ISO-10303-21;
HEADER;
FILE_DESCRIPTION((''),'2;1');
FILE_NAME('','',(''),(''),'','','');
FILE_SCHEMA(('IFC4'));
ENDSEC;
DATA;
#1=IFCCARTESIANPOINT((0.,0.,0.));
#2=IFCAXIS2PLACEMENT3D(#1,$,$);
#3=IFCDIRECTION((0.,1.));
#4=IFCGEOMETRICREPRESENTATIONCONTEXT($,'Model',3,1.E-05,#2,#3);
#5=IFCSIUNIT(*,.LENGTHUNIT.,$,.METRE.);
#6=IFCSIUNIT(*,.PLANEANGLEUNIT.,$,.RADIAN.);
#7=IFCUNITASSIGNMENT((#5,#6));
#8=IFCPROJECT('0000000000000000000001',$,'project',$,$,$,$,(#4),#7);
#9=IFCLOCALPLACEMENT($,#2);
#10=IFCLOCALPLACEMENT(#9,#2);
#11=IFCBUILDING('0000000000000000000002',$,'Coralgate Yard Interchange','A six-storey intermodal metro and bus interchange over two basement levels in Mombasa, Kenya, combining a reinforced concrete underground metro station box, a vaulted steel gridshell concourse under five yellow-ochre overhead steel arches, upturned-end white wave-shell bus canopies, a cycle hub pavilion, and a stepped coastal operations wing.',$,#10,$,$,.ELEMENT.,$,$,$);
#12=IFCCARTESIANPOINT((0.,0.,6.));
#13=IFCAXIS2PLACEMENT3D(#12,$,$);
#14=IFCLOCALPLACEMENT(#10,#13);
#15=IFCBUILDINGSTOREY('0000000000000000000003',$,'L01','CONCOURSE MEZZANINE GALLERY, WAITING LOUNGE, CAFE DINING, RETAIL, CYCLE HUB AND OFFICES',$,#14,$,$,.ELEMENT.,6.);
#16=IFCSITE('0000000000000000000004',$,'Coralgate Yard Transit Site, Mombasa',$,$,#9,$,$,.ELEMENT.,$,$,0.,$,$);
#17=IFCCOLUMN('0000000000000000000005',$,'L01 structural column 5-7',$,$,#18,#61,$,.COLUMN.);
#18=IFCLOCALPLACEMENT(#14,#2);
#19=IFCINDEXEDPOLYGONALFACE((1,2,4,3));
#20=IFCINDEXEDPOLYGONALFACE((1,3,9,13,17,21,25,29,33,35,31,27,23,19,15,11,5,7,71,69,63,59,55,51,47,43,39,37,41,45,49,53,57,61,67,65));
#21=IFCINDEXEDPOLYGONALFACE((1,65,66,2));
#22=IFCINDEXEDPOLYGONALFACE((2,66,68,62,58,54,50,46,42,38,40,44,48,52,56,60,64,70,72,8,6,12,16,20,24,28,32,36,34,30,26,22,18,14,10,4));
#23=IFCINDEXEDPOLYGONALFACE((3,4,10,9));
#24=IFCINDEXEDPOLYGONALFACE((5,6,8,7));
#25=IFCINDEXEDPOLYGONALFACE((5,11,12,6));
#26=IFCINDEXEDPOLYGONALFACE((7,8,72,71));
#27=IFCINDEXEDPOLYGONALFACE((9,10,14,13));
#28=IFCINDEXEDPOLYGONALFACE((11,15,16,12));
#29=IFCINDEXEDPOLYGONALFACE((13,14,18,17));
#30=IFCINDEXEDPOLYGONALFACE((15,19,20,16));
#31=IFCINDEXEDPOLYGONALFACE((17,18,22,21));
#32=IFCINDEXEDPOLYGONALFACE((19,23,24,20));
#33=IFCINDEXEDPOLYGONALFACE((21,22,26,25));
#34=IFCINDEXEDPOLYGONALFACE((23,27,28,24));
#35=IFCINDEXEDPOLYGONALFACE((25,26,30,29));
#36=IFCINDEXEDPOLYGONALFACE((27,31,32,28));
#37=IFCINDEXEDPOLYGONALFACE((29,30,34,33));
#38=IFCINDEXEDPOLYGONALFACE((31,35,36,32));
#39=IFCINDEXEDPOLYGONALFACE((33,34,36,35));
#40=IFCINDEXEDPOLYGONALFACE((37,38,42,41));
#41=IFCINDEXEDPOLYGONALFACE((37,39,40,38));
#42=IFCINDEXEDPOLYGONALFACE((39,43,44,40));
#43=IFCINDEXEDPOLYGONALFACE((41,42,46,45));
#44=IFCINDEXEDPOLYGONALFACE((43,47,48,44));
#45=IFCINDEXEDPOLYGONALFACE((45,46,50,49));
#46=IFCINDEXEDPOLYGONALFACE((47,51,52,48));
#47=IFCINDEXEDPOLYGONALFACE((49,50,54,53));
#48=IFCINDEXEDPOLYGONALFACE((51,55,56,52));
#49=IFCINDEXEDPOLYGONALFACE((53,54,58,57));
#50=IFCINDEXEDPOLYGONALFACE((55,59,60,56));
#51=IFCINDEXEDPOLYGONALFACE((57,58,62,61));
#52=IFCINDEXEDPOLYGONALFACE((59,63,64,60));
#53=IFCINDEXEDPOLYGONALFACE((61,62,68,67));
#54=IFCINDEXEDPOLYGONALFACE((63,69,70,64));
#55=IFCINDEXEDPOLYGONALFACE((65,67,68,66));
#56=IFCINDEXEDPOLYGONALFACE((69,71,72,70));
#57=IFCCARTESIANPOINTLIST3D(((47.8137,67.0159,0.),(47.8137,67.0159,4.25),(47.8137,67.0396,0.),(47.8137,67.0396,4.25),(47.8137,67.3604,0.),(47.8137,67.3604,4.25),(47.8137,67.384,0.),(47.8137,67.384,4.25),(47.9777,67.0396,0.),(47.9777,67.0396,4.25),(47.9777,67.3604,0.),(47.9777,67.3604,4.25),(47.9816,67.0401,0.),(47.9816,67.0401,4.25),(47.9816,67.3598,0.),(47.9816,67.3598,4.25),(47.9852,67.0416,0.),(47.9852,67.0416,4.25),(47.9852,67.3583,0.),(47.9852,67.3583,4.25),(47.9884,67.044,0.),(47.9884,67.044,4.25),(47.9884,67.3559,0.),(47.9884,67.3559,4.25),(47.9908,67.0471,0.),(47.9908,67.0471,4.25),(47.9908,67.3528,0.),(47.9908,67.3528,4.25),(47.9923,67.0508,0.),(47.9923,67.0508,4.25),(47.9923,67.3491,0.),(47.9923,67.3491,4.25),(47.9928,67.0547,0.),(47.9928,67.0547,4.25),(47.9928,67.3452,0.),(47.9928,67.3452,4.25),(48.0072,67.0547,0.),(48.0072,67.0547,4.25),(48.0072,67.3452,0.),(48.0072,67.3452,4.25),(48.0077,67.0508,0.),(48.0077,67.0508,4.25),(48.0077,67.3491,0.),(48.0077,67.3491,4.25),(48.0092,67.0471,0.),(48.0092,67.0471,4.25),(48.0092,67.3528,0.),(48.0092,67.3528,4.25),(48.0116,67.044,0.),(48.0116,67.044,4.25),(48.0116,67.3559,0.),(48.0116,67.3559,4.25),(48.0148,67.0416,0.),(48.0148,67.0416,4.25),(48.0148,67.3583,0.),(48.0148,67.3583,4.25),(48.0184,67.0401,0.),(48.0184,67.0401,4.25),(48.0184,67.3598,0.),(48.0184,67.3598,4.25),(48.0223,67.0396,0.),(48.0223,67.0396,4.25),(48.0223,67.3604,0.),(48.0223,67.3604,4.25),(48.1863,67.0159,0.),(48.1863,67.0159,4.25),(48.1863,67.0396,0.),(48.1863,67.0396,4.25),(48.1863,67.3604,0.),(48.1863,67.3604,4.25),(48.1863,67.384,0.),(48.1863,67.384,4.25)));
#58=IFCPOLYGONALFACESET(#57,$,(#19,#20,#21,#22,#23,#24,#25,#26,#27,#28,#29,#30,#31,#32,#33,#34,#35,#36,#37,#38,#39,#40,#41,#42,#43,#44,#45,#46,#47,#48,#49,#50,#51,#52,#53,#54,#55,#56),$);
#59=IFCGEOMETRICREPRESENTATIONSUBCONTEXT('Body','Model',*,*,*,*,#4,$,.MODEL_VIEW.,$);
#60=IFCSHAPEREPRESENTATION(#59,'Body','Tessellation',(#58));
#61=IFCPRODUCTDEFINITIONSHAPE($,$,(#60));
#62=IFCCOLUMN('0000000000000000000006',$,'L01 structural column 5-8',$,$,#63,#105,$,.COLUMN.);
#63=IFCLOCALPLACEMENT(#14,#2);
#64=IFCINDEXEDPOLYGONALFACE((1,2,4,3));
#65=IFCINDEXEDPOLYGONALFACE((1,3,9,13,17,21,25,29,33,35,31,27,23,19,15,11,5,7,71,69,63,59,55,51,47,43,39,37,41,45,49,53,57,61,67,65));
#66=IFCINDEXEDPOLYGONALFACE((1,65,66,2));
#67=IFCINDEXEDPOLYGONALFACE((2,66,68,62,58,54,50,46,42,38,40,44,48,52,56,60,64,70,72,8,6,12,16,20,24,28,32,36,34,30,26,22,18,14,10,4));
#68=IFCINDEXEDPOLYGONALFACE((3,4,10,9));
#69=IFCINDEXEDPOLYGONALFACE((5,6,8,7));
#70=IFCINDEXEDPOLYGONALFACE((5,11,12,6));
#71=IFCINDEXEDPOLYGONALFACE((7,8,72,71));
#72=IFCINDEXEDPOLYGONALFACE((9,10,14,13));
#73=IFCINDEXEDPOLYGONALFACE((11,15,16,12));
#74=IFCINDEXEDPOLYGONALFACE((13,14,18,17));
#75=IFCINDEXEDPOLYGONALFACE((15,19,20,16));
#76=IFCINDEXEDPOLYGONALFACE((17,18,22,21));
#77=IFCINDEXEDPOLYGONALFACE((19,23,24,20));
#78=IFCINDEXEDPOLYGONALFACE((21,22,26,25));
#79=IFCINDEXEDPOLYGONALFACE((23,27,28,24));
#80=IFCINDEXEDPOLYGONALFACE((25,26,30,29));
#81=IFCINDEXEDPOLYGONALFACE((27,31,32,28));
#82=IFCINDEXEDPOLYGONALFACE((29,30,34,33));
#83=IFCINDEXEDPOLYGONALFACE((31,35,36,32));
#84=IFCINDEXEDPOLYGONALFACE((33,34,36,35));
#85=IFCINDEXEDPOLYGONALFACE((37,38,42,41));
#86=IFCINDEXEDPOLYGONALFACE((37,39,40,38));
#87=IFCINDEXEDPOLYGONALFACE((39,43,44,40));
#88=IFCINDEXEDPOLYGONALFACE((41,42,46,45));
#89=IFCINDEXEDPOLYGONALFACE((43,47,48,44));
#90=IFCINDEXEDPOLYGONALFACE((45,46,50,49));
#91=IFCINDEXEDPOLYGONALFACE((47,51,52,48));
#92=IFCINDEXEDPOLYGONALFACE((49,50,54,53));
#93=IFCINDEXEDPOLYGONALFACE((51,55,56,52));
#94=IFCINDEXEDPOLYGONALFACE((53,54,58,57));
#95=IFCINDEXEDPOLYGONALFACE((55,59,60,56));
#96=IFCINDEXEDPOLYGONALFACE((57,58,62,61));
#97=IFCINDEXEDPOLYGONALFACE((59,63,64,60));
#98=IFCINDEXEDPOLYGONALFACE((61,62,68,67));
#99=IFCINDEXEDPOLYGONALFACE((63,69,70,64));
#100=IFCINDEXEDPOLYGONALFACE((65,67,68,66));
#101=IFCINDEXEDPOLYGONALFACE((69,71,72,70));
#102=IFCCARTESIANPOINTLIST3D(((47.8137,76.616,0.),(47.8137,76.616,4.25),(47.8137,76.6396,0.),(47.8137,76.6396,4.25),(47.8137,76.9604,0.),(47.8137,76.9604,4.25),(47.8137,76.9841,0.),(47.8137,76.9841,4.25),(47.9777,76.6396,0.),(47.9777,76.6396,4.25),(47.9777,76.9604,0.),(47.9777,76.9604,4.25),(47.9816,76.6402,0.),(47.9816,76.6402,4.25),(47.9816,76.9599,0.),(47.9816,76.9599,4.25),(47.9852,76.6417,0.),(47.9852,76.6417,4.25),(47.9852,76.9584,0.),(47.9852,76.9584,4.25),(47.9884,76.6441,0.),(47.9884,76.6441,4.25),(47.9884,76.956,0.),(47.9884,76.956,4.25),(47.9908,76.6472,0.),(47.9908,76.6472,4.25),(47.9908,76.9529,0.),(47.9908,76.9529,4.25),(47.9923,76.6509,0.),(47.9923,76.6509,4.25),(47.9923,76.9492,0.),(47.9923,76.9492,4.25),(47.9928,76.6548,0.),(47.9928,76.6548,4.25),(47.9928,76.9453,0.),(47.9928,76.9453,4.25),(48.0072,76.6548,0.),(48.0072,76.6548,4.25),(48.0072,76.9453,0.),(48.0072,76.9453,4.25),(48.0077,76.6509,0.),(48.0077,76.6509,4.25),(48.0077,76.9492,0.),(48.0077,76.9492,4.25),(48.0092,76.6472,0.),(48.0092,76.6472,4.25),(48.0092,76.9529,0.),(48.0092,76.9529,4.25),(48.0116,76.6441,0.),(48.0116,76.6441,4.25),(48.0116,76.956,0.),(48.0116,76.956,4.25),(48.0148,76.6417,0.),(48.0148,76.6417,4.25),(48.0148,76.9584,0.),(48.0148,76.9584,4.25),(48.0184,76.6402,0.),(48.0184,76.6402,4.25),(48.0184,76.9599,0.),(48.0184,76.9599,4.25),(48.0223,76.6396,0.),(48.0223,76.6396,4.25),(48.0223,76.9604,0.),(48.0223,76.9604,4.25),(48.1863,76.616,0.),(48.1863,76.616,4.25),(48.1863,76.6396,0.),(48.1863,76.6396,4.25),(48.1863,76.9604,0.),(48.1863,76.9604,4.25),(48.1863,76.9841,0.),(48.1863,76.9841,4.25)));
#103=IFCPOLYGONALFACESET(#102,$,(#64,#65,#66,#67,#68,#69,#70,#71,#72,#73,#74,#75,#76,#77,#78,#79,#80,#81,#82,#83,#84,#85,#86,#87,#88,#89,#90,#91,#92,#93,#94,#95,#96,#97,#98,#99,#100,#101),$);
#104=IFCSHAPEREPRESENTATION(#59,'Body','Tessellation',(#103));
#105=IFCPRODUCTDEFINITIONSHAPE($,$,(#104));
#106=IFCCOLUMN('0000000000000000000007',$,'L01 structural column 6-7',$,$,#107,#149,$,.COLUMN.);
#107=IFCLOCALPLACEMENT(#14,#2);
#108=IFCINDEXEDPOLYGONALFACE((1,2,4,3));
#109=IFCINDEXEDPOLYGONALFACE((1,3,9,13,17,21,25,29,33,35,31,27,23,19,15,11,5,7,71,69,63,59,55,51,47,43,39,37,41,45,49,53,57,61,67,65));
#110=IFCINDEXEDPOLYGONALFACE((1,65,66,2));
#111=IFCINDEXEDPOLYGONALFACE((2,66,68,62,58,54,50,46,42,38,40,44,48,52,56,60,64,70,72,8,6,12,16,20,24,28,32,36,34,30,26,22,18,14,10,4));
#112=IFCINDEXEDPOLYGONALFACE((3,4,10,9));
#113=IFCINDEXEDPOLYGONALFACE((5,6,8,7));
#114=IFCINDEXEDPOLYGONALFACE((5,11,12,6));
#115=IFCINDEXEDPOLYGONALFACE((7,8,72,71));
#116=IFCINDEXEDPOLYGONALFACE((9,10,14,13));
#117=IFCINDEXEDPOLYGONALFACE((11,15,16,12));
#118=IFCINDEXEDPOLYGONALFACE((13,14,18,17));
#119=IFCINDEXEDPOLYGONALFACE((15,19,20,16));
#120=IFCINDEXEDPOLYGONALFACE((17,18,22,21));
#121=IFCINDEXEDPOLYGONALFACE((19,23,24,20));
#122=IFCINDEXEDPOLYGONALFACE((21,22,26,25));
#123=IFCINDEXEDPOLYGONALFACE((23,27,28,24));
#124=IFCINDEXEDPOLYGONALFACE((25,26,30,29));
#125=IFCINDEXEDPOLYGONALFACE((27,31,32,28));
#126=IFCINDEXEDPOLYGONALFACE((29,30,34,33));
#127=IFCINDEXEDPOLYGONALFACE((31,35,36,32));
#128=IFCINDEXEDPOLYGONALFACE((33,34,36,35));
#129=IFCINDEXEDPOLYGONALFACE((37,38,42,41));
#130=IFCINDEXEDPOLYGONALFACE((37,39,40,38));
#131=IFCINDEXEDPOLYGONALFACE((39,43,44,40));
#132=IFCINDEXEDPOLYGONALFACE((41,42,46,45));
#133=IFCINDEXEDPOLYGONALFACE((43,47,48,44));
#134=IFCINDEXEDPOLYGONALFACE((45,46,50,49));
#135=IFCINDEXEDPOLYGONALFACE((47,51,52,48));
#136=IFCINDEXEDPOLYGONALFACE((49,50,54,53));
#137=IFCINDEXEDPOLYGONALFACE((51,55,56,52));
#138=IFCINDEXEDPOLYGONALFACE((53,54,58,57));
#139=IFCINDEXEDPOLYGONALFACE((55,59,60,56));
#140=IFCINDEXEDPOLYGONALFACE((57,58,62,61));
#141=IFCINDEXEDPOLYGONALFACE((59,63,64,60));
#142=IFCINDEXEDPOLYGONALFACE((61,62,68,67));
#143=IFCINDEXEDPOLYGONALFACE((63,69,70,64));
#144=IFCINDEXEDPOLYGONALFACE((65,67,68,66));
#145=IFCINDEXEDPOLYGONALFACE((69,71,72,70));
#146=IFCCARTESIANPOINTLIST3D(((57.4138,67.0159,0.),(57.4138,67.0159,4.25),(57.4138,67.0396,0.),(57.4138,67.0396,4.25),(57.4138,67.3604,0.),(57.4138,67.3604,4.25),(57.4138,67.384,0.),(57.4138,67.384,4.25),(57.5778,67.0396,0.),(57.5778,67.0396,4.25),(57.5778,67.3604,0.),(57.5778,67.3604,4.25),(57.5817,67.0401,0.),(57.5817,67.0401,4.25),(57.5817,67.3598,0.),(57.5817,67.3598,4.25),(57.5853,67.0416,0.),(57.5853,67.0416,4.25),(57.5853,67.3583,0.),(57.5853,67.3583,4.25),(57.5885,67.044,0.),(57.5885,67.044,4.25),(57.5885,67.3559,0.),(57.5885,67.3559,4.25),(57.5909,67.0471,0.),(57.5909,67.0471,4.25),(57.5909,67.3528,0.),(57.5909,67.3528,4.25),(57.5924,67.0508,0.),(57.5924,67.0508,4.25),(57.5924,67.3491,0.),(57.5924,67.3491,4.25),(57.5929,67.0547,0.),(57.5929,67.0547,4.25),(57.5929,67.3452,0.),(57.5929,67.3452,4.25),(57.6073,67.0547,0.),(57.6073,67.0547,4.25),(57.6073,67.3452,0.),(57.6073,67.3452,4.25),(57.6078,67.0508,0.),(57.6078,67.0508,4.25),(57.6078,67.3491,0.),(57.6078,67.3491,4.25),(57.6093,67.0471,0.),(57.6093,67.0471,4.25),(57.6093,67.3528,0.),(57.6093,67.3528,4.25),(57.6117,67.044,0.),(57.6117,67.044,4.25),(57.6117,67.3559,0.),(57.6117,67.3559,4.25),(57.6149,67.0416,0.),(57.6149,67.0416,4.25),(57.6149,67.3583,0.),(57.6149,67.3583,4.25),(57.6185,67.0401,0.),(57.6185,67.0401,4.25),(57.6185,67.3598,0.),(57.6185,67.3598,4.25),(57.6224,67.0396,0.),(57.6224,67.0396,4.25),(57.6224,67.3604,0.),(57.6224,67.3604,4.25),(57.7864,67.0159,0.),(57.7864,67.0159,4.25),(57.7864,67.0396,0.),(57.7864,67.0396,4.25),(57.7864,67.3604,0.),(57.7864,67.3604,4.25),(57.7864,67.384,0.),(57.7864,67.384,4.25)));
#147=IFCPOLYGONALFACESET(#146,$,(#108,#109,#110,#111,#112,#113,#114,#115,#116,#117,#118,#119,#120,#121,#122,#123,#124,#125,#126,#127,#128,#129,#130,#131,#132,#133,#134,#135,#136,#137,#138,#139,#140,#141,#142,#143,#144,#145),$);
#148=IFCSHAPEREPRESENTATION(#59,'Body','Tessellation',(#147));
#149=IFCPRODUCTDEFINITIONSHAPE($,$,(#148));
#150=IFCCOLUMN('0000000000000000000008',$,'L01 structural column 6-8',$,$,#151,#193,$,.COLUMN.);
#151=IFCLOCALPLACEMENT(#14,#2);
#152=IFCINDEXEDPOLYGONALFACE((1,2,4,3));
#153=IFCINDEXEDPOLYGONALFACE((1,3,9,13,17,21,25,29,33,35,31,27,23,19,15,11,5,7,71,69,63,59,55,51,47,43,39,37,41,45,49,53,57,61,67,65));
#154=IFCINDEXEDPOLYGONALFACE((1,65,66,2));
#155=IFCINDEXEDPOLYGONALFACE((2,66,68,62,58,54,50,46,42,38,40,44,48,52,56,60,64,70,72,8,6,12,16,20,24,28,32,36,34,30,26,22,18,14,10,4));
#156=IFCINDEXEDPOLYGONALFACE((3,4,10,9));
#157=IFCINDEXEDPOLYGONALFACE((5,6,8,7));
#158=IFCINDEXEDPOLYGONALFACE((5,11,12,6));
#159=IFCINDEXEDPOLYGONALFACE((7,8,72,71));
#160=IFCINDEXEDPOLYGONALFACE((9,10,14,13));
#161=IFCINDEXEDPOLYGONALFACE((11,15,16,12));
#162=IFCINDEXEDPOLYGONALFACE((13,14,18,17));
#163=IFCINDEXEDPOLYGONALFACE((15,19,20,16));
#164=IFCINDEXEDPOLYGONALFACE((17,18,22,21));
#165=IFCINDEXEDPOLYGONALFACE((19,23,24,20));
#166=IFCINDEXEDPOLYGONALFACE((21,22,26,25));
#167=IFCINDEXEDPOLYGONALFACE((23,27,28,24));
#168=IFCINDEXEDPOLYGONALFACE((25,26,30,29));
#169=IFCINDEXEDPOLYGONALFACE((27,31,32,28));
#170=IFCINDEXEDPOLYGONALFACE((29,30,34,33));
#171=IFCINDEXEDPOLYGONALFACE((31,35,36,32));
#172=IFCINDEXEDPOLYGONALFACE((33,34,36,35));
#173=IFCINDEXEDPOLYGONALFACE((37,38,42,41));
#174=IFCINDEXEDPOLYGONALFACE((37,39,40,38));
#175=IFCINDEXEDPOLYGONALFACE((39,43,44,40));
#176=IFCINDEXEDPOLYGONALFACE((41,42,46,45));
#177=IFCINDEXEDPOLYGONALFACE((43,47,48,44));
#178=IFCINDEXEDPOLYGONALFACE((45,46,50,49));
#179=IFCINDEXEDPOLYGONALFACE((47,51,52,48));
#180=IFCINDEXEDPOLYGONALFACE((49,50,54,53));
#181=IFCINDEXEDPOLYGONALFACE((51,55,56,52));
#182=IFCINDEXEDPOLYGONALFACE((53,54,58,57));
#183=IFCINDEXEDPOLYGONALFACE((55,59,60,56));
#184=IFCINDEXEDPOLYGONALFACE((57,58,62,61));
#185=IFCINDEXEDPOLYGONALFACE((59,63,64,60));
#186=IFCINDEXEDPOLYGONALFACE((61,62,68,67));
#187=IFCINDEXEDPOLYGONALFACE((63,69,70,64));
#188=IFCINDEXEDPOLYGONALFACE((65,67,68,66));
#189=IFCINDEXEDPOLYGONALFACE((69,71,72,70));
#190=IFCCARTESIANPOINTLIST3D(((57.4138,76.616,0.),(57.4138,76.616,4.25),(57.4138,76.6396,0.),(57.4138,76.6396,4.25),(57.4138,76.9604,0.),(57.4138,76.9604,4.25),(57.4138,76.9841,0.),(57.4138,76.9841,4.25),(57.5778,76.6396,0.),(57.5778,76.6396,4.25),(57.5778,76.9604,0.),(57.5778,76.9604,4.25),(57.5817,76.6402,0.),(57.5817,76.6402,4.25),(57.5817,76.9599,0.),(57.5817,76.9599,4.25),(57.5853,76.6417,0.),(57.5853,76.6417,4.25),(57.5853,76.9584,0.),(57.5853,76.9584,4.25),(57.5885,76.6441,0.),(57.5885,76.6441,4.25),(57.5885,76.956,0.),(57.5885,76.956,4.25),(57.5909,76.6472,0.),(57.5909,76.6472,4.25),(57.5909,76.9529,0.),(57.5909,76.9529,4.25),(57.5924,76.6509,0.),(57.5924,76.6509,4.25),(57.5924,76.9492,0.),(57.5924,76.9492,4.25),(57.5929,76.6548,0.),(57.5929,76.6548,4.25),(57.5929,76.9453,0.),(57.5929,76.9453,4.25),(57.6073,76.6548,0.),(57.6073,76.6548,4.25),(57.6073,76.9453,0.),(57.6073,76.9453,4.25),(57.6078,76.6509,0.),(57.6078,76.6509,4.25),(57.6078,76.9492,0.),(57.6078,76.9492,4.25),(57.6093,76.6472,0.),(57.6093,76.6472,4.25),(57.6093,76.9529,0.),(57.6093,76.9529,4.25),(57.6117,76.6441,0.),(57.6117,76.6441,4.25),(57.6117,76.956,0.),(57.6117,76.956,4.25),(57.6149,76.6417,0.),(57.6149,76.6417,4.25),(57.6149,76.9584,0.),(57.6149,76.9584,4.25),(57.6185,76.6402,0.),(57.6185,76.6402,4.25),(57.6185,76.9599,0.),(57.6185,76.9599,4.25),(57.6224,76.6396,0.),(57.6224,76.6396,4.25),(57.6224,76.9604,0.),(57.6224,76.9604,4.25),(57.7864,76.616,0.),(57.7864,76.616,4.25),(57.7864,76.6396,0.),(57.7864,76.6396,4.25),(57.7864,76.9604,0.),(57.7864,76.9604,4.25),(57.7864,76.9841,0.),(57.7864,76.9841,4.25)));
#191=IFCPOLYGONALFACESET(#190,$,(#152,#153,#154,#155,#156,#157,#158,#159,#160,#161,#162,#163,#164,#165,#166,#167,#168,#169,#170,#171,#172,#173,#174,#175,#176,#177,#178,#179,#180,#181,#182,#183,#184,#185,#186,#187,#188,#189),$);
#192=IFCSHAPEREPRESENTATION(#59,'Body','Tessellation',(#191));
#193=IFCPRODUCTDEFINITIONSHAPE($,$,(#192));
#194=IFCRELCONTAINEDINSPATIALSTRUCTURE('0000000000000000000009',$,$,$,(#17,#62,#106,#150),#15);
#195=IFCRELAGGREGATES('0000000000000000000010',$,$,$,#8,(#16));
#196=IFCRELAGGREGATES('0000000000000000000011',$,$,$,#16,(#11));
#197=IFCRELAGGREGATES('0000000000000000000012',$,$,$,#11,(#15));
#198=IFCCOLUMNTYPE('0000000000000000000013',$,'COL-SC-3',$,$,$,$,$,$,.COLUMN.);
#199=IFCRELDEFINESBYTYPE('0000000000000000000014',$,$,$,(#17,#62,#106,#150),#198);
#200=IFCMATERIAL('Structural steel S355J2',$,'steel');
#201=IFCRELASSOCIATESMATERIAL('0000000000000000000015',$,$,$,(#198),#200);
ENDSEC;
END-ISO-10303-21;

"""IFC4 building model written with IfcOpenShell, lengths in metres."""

from ifc_helpers import new_model, si_unit, direction, frame, origin, origin_2d, place, context, subcontext, project, spatial, i_section, extrude, material, material_profile, profile_set, type_object, element, save


model = new_model("IFC4")

# Units and contexts
model_context = context("Model", 3, precision=1e-05, world=origin(), true_north=direction((0.0, 1.0)))
body_context = subcontext(model_context, "Body", "Model", "MODEL_VIEW")
ifc_project = project(units=[si_unit("LENGTHUNIT", "METRE"), si_unit("PLANEANGLEUNIT", "RADIAN")], contexts=[model_context])

# Site, building, storey
site_placement = place(None, origin())
site = spatial("IfcSite", under=ifc_project, at=site_placement, Name="Coralgate Yard Transit Site, Mombasa", CompositionType="ELEMENT", RefElevation=0.0)
building_placement = place(site_placement, origin())
building = spatial("IfcBuilding", under=site, at=building_placement, Name="Coralgate Yard Interchange", Description="A six-storey intermodal metro and bus interchange over two basement levels in Mombasa, Kenya, combining a reinforced concrete underground metro station box, a vaulted steel gridshell concourse under five yellow-ochre overhead steel arches, upturned-end white wave-shell bus canopies, a cycle hub pavilion, and a stepped coastal operations wing.", CompositionType="ELEMENT")
storey_placement = place(building_placement, frame((0.0, 0.0, 6.0)))
storey = spatial("IfcBuildingStorey", under=building, at=storey_placement, Name="L01", Description="CONCOURSE MEZZANINE GALLERY, WAITING LOUNGE, CAFE DINING, RETAIL, CYCLE HUB AND OFFICES", CompositionType="ELEMENT", Elevation=6.0)

# Columns
ifc_material_1 = material(Name="Structural steel S355J2", Category="steel")
ifc_material_profile_1 = material_profile(ifc_material_1, i_section(OverallWidth=0.3726, OverallDepth=0.3682, WebThickness=0.0144, FlangeThickness=0.0237, FilletRadius=0.0151, at=origin_2d()), Name="UC 356x368x177")
ifc_profile_set_1 = profile_set([ifc_material_profile_1], Name="Structural steel S355J2")
column_type = type_object("IfcColumnType", Name="COL-SC-3", PredefinedType="COLUMN", material=ifc_profile_set_1)
for number, where, z_axis, x_axis, name in (
    (1, (48.0, 67.2, 0.0), (0.0, 0.0, 1.0), (1.0, 0.0, 0.0), "L01 structural column 5-7"),
    (2, (48.0, 76.8, 0.0), (0.0, 0.0, 1.0), (1.0, 0.0, 0.0), "L01 structural column 5-8"),
    (3, (57.6001, 67.2, 0.0), (0.0, 0.0, 1.0), (1.0, 0.0, 0.0), "L01 structural column 6-7"),
    (4, (57.6001, 76.8, 0.0), (0.0, 0.0, 1.0), (1.0, 0.0, 0.0), "L01 structural column 6-8"),
):
    element("IfcColumn", number, at=place(storey_placement, frame(where, z_axis=z_axis, x_axis=x_axis)), inside=storey, type_object=column_type, Name=name, PredefinedType="COLUMN", context=body_context, shape_type="SweptSolid", body=[
        extrude(i_section(OverallWidth=0.3726, OverallDepth=0.3682, WebThickness=0.0144, FlangeThickness=0.0237, FilletRadius=0.0151, at=origin_2d()), origin(), (0.0, 0.0, 1.0), 4.25),
    ])

save(model, "model.ifc")
